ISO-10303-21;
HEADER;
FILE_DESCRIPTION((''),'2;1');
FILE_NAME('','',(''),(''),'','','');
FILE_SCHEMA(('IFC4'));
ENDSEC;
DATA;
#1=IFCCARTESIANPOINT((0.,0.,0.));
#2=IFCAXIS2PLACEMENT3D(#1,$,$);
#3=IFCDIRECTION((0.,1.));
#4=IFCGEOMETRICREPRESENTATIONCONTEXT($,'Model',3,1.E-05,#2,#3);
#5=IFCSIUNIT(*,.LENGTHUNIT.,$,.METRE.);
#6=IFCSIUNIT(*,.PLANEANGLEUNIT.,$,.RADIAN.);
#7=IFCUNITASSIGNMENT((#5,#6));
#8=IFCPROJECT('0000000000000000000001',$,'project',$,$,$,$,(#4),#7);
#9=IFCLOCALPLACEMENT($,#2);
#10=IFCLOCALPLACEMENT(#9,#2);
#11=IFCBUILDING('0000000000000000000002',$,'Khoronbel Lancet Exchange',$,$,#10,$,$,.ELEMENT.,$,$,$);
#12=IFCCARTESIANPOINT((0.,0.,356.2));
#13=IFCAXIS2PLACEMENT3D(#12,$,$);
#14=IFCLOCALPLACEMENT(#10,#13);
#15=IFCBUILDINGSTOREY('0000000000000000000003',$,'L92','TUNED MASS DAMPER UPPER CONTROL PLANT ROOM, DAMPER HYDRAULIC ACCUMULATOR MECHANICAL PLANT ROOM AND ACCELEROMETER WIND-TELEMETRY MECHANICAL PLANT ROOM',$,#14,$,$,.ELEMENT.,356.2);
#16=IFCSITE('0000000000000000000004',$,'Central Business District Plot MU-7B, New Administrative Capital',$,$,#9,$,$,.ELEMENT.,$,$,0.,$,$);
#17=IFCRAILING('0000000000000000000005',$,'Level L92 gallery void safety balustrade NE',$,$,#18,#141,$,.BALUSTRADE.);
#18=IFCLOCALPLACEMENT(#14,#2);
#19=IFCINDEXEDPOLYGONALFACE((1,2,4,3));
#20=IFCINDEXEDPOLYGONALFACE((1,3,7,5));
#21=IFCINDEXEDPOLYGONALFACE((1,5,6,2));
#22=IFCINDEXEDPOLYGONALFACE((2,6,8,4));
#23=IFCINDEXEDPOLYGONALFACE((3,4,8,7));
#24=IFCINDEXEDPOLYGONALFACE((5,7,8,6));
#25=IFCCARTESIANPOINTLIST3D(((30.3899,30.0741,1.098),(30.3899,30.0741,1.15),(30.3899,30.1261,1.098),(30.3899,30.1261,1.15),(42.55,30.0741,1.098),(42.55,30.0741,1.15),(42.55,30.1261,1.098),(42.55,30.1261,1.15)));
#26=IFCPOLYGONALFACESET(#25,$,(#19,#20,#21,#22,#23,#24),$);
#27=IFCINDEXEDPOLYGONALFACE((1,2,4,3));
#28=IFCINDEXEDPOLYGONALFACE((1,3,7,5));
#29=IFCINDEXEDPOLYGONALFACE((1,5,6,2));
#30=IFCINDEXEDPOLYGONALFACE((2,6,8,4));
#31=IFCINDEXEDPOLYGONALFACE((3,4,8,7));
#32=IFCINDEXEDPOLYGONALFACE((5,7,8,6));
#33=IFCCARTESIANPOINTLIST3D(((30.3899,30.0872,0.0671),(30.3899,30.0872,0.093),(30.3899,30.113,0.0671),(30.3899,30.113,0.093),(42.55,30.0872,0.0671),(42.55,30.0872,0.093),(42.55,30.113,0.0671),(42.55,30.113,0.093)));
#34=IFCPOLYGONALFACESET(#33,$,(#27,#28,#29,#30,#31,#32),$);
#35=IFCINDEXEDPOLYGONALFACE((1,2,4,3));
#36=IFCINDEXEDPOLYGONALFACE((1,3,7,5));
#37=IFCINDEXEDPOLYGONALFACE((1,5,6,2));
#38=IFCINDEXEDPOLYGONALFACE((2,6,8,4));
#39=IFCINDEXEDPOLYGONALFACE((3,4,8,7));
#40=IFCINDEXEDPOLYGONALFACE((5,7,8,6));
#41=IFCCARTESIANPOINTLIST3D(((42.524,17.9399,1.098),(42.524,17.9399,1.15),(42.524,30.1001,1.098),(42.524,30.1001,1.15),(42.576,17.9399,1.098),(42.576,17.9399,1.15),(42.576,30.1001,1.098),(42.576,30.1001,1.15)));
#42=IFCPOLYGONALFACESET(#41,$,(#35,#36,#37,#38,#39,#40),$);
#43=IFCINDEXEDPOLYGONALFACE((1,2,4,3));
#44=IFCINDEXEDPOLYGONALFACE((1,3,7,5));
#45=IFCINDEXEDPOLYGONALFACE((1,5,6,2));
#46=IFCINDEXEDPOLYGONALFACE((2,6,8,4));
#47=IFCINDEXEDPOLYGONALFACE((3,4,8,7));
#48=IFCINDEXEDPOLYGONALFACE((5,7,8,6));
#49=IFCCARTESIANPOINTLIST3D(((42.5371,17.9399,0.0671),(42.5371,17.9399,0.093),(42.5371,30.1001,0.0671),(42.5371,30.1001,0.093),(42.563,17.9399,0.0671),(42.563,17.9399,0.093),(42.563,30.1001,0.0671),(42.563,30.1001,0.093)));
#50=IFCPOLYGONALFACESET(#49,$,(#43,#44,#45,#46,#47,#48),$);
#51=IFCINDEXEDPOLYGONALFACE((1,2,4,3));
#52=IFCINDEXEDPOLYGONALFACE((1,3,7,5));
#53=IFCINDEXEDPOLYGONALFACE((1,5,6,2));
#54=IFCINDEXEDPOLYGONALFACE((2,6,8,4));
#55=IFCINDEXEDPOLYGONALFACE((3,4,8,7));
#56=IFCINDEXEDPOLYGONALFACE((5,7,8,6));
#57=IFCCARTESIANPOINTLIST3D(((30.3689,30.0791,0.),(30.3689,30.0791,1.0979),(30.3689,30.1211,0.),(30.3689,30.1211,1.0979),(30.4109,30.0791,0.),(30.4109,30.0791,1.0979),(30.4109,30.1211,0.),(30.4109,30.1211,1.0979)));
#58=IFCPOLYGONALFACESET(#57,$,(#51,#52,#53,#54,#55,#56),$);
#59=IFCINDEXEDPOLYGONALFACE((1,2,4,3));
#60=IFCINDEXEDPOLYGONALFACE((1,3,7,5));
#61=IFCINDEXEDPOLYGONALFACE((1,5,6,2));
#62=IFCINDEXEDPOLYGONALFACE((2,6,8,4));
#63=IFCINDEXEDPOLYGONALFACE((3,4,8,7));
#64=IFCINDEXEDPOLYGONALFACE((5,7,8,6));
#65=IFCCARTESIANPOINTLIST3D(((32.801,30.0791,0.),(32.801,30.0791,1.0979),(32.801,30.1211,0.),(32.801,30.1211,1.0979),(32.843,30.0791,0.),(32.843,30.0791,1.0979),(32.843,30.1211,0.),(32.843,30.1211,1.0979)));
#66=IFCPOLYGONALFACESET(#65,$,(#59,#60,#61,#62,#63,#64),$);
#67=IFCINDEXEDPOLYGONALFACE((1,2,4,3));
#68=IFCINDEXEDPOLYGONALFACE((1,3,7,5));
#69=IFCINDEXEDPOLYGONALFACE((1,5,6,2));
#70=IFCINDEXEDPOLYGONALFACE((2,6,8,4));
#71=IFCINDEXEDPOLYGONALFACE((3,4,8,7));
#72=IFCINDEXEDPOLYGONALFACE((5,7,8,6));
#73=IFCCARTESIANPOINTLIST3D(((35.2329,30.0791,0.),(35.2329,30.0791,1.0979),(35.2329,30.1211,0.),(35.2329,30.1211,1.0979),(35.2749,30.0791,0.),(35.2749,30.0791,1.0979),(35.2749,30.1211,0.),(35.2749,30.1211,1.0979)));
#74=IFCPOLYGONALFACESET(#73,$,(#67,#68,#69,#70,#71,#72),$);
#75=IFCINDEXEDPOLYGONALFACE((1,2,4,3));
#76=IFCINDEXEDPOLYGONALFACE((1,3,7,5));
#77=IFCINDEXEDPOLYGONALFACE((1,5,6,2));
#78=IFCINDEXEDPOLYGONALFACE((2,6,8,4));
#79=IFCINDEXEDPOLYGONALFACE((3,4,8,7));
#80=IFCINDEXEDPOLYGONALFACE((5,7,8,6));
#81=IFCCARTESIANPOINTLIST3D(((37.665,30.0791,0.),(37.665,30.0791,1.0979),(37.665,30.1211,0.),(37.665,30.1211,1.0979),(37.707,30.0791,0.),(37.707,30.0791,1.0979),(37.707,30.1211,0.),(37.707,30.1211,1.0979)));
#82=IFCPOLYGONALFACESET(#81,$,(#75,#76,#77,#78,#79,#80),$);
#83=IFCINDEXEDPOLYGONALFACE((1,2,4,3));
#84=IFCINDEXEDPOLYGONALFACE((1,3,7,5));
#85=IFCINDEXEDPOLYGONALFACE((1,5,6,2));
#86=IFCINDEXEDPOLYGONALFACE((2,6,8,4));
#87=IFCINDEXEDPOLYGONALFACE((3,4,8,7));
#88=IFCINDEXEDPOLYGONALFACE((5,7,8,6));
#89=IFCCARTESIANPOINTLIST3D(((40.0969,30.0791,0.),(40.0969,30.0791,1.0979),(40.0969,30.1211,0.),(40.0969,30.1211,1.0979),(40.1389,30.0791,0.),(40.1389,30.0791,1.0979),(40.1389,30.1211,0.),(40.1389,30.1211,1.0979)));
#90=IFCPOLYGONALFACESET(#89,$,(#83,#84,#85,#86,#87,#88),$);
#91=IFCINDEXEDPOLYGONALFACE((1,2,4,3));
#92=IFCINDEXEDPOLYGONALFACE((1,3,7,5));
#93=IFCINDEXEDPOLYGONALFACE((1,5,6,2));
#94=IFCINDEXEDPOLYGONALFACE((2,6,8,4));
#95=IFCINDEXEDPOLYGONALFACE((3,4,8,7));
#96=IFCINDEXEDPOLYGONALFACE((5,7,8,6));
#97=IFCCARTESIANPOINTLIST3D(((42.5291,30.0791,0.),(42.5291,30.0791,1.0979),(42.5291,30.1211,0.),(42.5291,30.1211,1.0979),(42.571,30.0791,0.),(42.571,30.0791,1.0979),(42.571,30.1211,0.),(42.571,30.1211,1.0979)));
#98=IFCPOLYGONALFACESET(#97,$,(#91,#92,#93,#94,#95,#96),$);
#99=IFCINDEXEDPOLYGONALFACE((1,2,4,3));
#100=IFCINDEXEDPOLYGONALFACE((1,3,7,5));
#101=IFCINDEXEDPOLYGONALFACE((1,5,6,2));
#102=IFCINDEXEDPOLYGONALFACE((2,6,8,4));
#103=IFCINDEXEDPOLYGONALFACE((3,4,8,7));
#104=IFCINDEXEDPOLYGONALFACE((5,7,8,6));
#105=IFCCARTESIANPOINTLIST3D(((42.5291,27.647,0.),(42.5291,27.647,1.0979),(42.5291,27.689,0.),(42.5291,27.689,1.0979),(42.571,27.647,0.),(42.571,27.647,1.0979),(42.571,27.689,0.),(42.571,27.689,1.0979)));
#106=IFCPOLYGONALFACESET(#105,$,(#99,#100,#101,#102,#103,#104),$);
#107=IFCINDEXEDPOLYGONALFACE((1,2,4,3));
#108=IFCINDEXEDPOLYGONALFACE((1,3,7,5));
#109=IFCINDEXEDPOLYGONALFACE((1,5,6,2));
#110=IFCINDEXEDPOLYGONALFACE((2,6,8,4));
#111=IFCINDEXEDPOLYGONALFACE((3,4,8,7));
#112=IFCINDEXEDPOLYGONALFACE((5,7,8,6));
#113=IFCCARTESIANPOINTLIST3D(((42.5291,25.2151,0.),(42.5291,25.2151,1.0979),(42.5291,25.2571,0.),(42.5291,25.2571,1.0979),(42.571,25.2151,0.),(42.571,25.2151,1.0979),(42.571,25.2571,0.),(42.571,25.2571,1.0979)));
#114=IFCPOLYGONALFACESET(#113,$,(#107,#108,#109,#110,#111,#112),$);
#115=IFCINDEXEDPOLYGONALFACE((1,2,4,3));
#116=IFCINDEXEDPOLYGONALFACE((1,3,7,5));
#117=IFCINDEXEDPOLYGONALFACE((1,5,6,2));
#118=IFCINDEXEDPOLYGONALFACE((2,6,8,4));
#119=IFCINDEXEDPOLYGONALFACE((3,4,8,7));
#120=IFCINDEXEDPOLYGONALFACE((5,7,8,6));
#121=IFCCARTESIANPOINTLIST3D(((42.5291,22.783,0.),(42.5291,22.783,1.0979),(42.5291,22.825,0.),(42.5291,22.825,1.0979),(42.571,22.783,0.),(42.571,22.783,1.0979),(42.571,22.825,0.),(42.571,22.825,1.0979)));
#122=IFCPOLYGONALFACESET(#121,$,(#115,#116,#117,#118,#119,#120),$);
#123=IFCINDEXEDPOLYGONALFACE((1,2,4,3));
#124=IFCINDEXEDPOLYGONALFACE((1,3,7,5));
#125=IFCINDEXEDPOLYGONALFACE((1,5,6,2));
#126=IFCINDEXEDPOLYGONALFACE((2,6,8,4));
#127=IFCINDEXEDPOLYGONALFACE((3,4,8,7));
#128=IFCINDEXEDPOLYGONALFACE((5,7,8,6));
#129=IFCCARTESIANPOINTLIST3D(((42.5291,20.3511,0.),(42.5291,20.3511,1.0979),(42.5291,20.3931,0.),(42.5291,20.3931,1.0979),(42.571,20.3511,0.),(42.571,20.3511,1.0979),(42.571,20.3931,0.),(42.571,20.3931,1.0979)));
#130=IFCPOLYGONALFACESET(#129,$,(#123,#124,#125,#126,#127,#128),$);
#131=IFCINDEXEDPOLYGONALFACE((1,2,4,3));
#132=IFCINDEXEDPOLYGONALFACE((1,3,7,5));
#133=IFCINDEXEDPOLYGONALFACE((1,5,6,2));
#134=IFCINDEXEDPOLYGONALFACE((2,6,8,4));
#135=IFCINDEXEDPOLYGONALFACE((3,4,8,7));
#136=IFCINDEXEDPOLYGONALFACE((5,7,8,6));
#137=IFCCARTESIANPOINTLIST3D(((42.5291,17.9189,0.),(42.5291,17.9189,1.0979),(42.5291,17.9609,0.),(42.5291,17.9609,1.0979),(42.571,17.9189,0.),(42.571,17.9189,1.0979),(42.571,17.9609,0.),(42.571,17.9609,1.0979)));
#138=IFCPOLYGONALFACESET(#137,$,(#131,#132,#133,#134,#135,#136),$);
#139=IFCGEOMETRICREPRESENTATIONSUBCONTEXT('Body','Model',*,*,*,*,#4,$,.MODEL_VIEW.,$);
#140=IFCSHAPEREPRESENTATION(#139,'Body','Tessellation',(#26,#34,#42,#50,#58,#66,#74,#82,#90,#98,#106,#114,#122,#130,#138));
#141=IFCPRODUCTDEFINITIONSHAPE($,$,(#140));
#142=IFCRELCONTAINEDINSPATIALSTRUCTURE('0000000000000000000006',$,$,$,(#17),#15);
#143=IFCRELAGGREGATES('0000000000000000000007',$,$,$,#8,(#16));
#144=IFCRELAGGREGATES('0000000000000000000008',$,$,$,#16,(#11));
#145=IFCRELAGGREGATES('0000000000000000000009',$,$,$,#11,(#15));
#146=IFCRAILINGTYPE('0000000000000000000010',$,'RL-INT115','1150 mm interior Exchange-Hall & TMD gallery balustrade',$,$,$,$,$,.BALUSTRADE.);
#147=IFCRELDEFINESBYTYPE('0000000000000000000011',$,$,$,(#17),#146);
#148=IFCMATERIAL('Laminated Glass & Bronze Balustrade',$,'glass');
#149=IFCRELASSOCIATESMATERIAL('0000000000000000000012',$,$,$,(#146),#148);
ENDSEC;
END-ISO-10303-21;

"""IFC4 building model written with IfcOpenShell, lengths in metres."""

from ifc_helpers import new_model, si_unit, direction, frame, origin, origin_2d, place, context, subcontext, project, spatial, rectangle, extrude, material, type_object, element, save


model = new_model("IFC4")

# Units and contexts
model_context = context("Model", 3, precision=1e-05, world=origin(), true_north=direction((0.0, 1.0)))
body_context = subcontext(model_context, "Body", "Model", "MODEL_VIEW")
ifc_project = project(units=[si_unit("LENGTHUNIT", "METRE"), si_unit("PLANEANGLEUNIT", "RADIAN")], contexts=[model_context])

# Site, building, storey
site_placement = place(None, origin())
site = spatial("IfcSite", under=ifc_project, at=site_placement, Name="Central Business District Plot MU-7B, New Administrative Capital", CompositionType="ELEMENT", RefElevation=0.0)
building_placement = place(site_placement, origin())
building = spatial("IfcBuilding", under=site, at=building_placement, Name="Khoronbel Lancet Exchange", CompositionType="ELEMENT")
storey_placement = place(building_placement, frame((0.0, 0.0, 356.2)))
storey = spatial("IfcBuildingStorey", under=building, at=storey_placement, Name="L92", Description="TUNED MASS DAMPER UPPER CONTROL PLANT ROOM, DAMPER HYDRAULIC ACCUMULATOR MECHANICAL PLANT ROOM AND ACCELEROMETER WIND-TELEMETRY MECHANICAL PLANT ROOM", CompositionType="ELEMENT", Elevation=356.2)

# Railing
ifc_material_1 = material(Name="Laminated Glass & Bronze Balustrade", Category="glass")
railing_type = type_object("IfcRailingType", Name="RL-INT115", Description="1150 mm interior Exchange-Hall & TMD gallery balustrade", PredefinedType="BALUSTRADE", material=ifc_material_1)
railing_1_placement = place(storey_placement, frame((30.3899, 30.1001, 0.0)))
element("IfcRailing", 1, at=railing_1_placement, inside=storey, type_object=railing_type, Name="Level L92 gallery void safety balustrade NE", PredefinedType="BALUSTRADE", context=body_context, shape_type="SweptSolid", body=[
    extrude(rectangle(XDim=0.052, YDim=0.052, at=origin_2d()), frame((0.0, 0.0, 1.124), z_axis=(1.0, 0.0, 0.0), x_axis=(0.0, 1.0, 0.0)), (0.0, 0.0, 1.0), 12.1602),
    extrude(rectangle(XDim=0.0259, YDim=0.0259, at=origin_2d()), frame((0.0, 0.0, 0.0801), z_axis=(1.0, 0.0, 0.0), x_axis=(0.0, 1.0, 0.0)), (0.0, 0.0, 1.0), 12.1602),
    extrude(rectangle(XDim=0.052, YDim=0.052, at=origin_2d()), frame((12.1602, 0.0, 1.124), z_axis=(0.0, -1.0, 0.0), x_axis=(1.0, 0.0, 0.0)), (0.0, 0.0, 1.0), 12.1602),
    extrude(rectangle(XDim=0.0259, YDim=0.0259, at=origin_2d()), frame((12.1602, 0.0, 0.0801), z_axis=(0.0, -1.0, 0.0), x_axis=(1.0, 0.0, 0.0)), (0.0, 0.0, 1.0), 12.1602),
    extrude(rectangle(XDim=0.042, YDim=0.042, at=origin_2d()), origin(), (0.0, 0.0, 1.0), 1.0979),
    extrude(rectangle(XDim=0.042, YDim=0.042, at=origin_2d()), frame((2.4321, 0.0, 0.0)), (0.0, 0.0, 1.0), 1.0979),
    extrude(rectangle(XDim=0.042, YDim=0.042, at=origin_2d()), frame((4.864, 0.0, 0.0)), (0.0, 0.0, 1.0), 1.0979),
    extrude(rectangle(XDim=0.042, YDim=0.042, at=origin_2d()), frame((7.2961, 0.0, 0.0)), (0.0, 0.0, 1.0), 1.0979),
    extrude(rectangle(XDim=0.042, YDim=0.042, at=origin_2d()), frame((9.728, 0.0, 0.0)), (0.0, 0.0, 1.0), 1.0979),
    extrude(rectangle(XDim=0.042, YDim=0.042, at=origin_2d()), frame((12.1602, 0.0, 0.0)), (0.0, 0.0, 1.0), 1.0979),
    extrude(rectangle(XDim=0.042, YDim=0.042, at=origin_2d()), frame((12.1602, -2.4321, 0.0)), (0.0, 0.0, 1.0), 1.0979),
    extrude(rectangle(XDim=0.042, YDim=0.042, at=origin_2d()), frame((12.1602, -4.864, 0.0)), (0.0, 0.0, 1.0), 1.0979),
    extrude(rectangle(XDim=0.042, YDim=0.042, at=origin_2d()), frame((12.1602, -7.2961, 0.0)), (0.0, 0.0, 1.0), 1.0979),
    extrude(rectangle(XDim=0.042, YDim=0.042, at=origin_2d()), frame((12.1602, -9.728, 0.0)), (0.0, 0.0, 1.0), 1.0979),
    extrude(rectangle(XDim=0.042, YDim=0.042, at=origin_2d()), frame((12.1602, -12.1602, 0.0)), (0.0, 0.0, 1.0), 1.0979),
])

save(model, "model.ifc")
